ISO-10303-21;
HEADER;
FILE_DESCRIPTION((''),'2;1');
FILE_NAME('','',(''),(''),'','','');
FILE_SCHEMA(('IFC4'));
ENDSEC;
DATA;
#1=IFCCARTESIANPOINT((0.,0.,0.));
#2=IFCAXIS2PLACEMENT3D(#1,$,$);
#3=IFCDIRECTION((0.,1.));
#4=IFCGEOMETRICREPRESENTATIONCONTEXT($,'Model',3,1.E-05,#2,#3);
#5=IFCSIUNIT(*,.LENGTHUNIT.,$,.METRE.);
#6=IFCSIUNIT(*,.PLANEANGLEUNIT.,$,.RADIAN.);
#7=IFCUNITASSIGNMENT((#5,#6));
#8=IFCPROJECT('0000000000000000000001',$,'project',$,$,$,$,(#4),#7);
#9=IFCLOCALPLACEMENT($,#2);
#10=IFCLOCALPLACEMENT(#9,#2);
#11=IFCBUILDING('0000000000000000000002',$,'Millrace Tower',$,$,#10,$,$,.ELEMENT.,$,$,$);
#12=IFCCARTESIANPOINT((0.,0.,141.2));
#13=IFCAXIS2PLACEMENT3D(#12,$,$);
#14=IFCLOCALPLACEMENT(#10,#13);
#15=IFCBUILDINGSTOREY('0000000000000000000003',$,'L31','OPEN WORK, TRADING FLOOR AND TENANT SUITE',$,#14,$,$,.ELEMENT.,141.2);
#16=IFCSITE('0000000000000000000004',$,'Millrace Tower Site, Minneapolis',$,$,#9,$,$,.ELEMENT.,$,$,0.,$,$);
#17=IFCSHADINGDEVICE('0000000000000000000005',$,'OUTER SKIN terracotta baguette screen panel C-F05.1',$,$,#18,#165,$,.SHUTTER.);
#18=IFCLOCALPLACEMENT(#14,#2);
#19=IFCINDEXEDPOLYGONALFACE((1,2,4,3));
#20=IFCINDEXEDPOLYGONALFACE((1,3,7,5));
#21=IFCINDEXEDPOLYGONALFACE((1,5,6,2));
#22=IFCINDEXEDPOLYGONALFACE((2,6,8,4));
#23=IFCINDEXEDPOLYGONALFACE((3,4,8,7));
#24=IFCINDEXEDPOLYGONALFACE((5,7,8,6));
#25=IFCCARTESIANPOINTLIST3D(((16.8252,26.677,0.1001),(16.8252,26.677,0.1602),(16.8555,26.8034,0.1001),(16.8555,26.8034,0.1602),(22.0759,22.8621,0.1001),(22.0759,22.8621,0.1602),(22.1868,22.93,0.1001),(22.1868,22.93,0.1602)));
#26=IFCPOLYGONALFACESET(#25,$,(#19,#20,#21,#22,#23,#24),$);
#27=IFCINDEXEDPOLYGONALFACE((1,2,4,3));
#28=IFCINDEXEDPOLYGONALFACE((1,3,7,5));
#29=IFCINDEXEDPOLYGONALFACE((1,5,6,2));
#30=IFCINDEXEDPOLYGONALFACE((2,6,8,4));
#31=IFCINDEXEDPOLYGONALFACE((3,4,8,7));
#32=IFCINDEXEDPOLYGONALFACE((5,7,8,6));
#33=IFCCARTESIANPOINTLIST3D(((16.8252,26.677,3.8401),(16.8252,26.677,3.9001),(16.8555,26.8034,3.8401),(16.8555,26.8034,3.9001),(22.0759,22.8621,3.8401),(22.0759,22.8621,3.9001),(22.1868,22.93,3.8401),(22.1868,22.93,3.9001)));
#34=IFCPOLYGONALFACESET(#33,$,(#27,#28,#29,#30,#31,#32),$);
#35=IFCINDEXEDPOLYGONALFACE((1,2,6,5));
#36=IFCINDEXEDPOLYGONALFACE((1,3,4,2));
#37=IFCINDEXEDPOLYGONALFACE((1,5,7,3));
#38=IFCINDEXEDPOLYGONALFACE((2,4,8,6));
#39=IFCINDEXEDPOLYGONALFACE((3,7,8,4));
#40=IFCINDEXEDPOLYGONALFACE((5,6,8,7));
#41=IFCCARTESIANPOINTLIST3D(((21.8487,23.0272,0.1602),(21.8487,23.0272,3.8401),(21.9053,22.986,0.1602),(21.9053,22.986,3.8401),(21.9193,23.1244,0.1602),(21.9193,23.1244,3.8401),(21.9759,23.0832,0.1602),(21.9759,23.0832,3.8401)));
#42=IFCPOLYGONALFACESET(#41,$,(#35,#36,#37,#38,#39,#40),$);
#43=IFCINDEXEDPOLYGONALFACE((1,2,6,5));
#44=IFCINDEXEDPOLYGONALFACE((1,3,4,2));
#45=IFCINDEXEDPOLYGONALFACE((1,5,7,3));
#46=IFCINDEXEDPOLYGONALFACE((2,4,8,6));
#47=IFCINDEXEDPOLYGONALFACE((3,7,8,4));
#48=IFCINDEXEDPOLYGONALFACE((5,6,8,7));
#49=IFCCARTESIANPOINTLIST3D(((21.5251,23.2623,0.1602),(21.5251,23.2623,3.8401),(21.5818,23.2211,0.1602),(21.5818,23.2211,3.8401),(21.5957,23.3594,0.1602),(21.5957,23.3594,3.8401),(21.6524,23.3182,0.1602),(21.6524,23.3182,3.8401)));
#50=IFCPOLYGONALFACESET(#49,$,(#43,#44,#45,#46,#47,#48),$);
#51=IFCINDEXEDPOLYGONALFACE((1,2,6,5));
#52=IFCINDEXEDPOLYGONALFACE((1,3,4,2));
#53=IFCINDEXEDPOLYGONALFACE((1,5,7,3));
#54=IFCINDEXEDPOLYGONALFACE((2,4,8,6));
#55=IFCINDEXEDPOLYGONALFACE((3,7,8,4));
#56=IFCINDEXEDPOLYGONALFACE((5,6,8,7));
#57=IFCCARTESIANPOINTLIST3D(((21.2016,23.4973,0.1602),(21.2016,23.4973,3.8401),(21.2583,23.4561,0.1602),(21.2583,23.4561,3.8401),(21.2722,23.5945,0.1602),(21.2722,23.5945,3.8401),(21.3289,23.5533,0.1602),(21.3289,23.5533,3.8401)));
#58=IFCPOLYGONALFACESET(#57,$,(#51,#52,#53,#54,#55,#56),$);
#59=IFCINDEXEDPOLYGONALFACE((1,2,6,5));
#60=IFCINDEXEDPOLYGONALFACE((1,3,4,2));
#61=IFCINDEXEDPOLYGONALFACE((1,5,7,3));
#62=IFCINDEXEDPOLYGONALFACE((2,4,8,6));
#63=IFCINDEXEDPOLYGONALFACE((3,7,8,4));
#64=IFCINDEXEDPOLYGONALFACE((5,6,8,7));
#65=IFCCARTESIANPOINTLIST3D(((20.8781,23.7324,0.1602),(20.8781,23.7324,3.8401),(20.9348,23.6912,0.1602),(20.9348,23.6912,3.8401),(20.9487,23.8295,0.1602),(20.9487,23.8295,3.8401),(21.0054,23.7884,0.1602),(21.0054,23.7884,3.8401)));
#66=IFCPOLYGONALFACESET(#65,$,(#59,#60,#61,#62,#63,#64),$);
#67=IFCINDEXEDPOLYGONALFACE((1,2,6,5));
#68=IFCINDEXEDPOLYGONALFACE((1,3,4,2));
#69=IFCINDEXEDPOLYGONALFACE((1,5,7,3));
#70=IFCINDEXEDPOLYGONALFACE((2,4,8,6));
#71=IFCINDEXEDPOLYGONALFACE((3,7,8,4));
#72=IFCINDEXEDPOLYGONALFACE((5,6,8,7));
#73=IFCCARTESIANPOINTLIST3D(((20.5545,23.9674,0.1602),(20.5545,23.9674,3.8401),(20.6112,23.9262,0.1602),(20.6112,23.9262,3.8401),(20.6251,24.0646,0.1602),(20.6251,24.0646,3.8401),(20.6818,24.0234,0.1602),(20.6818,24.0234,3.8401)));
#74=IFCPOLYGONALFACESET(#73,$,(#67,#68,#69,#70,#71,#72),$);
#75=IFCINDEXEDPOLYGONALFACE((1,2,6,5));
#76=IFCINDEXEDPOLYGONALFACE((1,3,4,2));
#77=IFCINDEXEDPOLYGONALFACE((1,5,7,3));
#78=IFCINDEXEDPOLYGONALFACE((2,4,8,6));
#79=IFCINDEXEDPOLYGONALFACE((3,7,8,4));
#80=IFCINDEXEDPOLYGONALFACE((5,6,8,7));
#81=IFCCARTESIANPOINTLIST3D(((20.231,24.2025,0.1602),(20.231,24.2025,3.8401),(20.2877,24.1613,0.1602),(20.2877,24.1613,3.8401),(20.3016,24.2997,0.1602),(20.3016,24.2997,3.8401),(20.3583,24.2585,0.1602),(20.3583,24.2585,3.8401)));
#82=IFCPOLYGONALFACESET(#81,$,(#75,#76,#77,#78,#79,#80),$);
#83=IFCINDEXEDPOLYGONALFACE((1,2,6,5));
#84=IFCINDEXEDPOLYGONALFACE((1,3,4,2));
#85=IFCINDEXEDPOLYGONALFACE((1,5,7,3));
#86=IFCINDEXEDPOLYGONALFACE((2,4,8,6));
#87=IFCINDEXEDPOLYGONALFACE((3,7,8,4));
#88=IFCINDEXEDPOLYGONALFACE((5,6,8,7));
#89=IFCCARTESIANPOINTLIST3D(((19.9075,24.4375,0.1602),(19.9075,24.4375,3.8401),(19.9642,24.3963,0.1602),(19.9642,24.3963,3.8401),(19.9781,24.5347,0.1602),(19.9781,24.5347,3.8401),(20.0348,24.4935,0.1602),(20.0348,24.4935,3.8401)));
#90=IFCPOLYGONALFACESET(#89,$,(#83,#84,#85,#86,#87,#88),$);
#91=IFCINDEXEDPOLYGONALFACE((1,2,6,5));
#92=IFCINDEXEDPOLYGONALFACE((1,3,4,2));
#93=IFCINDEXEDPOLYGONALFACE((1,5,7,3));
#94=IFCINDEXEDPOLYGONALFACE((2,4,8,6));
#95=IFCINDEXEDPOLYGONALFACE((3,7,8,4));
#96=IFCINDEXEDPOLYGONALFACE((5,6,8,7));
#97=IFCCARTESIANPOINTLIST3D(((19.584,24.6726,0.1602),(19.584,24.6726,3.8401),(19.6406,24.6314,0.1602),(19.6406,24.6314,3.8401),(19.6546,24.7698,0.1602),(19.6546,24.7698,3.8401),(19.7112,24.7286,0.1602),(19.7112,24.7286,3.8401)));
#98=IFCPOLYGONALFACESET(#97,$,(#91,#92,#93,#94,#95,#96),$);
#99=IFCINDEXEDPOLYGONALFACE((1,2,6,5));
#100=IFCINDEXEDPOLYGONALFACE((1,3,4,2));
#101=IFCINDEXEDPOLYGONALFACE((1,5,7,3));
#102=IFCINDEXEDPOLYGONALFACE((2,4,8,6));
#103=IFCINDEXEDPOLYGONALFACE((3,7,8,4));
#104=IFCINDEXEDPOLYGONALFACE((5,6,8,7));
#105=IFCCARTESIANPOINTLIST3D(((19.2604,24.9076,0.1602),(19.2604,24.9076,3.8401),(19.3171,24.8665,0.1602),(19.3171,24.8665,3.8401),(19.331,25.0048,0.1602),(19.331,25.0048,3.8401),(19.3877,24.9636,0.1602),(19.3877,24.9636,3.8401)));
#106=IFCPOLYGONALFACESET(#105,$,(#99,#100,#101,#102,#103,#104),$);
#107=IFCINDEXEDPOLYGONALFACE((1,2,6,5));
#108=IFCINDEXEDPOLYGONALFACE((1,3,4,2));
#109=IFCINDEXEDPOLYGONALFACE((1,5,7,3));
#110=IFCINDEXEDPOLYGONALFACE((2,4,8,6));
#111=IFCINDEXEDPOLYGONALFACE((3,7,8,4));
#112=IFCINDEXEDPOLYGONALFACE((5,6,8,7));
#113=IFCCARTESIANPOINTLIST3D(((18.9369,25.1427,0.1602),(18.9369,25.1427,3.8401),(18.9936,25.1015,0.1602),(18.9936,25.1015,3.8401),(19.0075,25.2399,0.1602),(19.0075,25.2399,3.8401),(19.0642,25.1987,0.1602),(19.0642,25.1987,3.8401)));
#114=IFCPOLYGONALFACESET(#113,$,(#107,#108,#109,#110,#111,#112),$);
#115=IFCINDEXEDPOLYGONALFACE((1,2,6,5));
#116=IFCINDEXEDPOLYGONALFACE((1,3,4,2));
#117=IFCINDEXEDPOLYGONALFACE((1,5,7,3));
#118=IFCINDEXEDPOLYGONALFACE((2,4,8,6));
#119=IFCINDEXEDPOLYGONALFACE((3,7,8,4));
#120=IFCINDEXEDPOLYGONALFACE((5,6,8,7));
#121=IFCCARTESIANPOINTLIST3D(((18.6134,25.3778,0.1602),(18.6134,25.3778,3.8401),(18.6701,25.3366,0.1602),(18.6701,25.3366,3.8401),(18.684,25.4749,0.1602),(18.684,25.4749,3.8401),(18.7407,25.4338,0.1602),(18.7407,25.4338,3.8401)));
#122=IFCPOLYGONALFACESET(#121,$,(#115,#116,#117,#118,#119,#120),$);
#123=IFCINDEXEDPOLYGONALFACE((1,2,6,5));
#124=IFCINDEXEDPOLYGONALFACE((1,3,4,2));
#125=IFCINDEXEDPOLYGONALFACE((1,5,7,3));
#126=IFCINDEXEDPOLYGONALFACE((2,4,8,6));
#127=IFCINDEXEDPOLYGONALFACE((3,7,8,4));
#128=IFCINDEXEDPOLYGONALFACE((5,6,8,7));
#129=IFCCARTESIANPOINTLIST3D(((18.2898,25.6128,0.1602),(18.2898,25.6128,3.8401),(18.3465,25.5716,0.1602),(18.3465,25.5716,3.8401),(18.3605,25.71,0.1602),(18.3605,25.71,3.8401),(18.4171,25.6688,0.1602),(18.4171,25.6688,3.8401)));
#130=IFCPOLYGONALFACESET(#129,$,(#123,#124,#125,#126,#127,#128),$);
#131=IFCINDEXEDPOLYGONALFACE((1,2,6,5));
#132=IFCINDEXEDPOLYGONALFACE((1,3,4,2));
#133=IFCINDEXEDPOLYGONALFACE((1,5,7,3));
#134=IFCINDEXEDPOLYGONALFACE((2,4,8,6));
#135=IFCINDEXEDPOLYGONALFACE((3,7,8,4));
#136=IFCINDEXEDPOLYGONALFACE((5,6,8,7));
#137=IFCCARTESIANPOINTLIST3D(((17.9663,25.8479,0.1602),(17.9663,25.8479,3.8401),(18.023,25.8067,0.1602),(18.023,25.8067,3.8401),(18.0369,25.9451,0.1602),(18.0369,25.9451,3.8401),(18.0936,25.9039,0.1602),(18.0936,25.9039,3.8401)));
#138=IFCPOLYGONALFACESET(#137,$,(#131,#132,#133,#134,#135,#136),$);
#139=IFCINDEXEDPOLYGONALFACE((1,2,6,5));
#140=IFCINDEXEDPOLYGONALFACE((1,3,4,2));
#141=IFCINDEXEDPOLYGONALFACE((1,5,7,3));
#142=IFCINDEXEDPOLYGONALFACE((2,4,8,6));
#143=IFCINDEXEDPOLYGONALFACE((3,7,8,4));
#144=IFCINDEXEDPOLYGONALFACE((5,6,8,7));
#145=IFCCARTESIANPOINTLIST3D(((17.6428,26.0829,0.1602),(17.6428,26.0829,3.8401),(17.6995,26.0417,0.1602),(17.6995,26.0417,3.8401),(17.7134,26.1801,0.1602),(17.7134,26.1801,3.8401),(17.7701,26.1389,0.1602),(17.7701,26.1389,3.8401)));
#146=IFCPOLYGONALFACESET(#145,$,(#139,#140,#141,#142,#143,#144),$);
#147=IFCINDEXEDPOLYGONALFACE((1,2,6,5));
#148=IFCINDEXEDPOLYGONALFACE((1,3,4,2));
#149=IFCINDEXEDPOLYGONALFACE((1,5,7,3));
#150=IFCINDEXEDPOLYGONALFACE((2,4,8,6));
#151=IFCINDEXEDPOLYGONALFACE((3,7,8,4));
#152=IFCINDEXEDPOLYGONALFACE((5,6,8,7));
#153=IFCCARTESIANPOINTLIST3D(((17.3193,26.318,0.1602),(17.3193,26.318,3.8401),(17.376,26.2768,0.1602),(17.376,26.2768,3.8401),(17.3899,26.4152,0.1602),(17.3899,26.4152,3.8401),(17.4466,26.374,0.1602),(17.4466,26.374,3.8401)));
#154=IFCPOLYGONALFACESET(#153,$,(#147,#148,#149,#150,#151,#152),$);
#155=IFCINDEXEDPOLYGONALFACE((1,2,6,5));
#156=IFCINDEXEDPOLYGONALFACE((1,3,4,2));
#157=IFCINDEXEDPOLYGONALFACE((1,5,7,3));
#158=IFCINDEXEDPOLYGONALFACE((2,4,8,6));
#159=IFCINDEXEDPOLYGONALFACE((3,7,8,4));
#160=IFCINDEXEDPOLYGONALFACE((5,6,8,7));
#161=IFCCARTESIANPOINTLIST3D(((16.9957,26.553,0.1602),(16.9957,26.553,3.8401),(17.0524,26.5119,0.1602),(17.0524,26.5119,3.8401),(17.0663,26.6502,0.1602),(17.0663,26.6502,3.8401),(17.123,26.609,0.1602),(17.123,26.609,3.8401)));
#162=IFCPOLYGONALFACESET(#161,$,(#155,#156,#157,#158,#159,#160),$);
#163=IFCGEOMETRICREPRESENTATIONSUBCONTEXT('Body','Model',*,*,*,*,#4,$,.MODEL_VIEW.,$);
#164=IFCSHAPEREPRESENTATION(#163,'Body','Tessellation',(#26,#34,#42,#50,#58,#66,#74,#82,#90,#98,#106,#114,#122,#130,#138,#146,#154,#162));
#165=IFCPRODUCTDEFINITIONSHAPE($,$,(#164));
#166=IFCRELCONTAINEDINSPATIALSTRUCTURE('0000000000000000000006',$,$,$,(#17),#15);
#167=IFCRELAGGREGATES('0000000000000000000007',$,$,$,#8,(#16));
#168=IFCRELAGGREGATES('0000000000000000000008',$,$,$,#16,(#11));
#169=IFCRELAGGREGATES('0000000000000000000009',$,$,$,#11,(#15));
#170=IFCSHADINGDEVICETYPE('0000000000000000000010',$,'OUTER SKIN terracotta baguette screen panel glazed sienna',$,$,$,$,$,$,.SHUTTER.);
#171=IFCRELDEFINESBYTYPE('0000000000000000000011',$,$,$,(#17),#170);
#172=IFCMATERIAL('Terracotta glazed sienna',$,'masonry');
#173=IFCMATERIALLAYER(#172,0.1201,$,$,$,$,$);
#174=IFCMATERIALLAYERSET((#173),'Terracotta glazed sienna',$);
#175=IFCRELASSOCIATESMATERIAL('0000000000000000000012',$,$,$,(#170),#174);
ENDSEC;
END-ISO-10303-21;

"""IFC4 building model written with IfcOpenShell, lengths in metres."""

from ifc_helpers import new_model, entity, si_unit, direction, frame, frame_2d, origin, place, context, subcontext, project, spatial, rectangle, extrude, source, transform, mapped, material, layer, layer_set, type_object, element, save


model = new_model("IFC4")

# Units and contexts
model_context = context("Model", 3, precision=1e-05, world=origin(), true_north=direction((0.0, 1.0)))
body_context = subcontext(model_context, "Body", "Model", "MODEL_VIEW")
ifc_project = project(units=[si_unit("LENGTHUNIT", "METRE"), si_unit("PLANEANGLEUNIT", "RADIAN")], contexts=[model_context])

# Site, building, storey
site_placement = place(None, origin())
site = spatial("IfcSite", under=ifc_project, at=site_placement, Name="Millrace Tower Site, Minneapolis", CompositionType="ELEMENT", RefElevation=0.0)
building_placement = place(site_placement, origin())
building = spatial("IfcBuilding", under=site, at=building_placement, Name="Millrace Tower", CompositionType="ELEMENT")
storey_placement = place(building_placement, frame((0.0, 0.0, 141.2)))
storey = spatial("IfcBuildingStorey", under=building, at=storey_placement, Name="L31", Description="OPEN WORK, TRADING FLOOR AND TENANT SUITE", CompositionType="ELEMENT", Elevation=141.2)

# Shading device
ifc_material_1 = material(Name="Terracotta glazed sienna", Category="masonry")
ifc_layer_1 = layer(ifc_material_1, 0.1201)
ifc_layer_set_1 = layer_set([ifc_layer_1], Name="Terracotta glazed sienna")
shading_device_type = type_object("IfcShadingDeviceType", Name="OUTER SKIN terracotta baguette screen panel glazed sienna", PredefinedType="SHUTTER", material=ifc_layer_set_1)
cartesian_point_1 = entity("IfcCartesianPoint", [-3.2451, 0.0601])
shared_polyline_1 = entity("IfcPolyline", [cartesian_point_1, entity("IfcCartesianPoint", [3.2451, 0.0601]), entity("IfcCartesianPoint", [3.2949, -0.0601]), entity("IfcCartesianPoint", [-3.2949, -0.0601]), cartesian_point_1])
shared_shape_1 = source(origin(), body_context, "Body", "SweptSolid", [
    entity("IfcExtrudedAreaSolid", entity("IfcArbitraryClosedProfileDef", "AREA", None, shared_polyline_1), entity("IfcAxis2Placement3D", entity("IfcCartesianPoint", [0.0, 0.0, 0.0])), entity("IfcDirection", [0.0, 0.0, 1.0]), 0.0601),
    entity("IfcExtrudedAreaSolid", entity("IfcArbitraryClosedProfileDef", "AREA", None, shared_polyline_1), entity("IfcAxis2Placement3D", entity("IfcCartesianPoint", [0.0, 0.0, 3.74])), entity("IfcDirection", [0.0, 0.0, 1.0]), 0.0601),
    extrude(rectangle(XDim=0.0701, YDim=0.1201, at=frame_2d((-2.9993, 0.0))), frame((0.0, 0.0, 0.0601)), (0.0, 0.0, 1.0), 3.6799),
    extrude(rectangle(XDim=0.0701, YDim=0.1201, at=frame_2d((-2.5994, 0.0))), frame((0.0, 0.0, 0.0601)), (0.0, 0.0, 1.0), 3.6799),
    extrude(rectangle(XDim=0.0701, YDim=0.1201, at=frame_2d((-2.1995, 0.0))), frame((0.0, 0.0, 0.0601)), (0.0, 0.0, 1.0), 3.6799),
    extrude(rectangle(XDim=0.0701, YDim=0.1201, at=frame_2d((-1.7996, 0.0))), frame((0.0, 0.0, 0.0601)), (0.0, 0.0, 1.0), 3.6799),
    extrude(rectangle(XDim=0.0701, YDim=0.1201, at=frame_2d((-1.3997, 0.0))), frame((0.0, 0.0, 0.0601)), (0.0, 0.0, 1.0), 3.6799),
    extrude(rectangle(XDim=0.0701, YDim=0.1201, at=frame_2d((-0.9998, 0.0))), frame((0.0, 0.0, 0.0601)), (0.0, 0.0, 1.0), 3.6799),
    extrude(rectangle(XDim=0.0701, YDim=0.1201, at=frame_2d((-0.5999, 0.0))), frame((0.0, 0.0, 0.0601)), (0.0, 0.0, 1.0), 3.6799),
    extrude(rectangle(XDim=0.0701, YDim=0.1201, at=frame_2d((-0.2, 0.0))), frame((0.0, 0.0, 0.0601)), (0.0, 0.0, 1.0), 3.6799),
    extrude(rectangle(XDim=0.0701, YDim=0.1201, at=frame_2d((0.2, 0.0))), frame((0.0, 0.0, 0.0601)), (0.0, 0.0, 1.0), 3.6799),
    extrude(rectangle(XDim=0.0701, YDim=0.1201, at=frame_2d((0.5999, 0.0))), frame((0.0, 0.0, 0.0601)), (0.0, 0.0, 1.0), 3.6799),
    extrude(rectangle(XDim=0.0701, YDim=0.1201, at=frame_2d((0.9998, 0.0))), frame((0.0, 0.0, 0.0601)), (0.0, 0.0, 1.0), 3.6799),
    extrude(rectangle(XDim=0.0701, YDim=0.1201, at=frame_2d((1.3997, 0.0))), frame((0.0, 0.0, 0.0601)), (0.0, 0.0, 1.0), 3.6799),
    extrude(rectangle(XDim=0.0701, YDim=0.1201, at=frame_2d((1.7996, 0.0))), frame((0.0, 0.0, 0.0601)), (0.0, 0.0, 1.0), 3.6799),
    extrude(rectangle(XDim=0.0701, YDim=0.1201, at=frame_2d((2.1995, 0.0))), frame((0.0, 0.0, 0.0601)), (0.0, 0.0, 1.0), 3.6799),
    extrude(rectangle(XDim=0.0701, YDim=0.1201, at=frame_2d((2.5994, 0.0))), frame((0.0, 0.0, 0.0601)), (0.0, 0.0, 1.0), 3.6799),
    extrude(rectangle(XDim=0.0701, YDim=0.1201, at=frame_2d((2.9993, 0.0))), frame((0.0, 0.0, 0.0601)), (0.0, 0.0, 1.0), 3.6799),
])
shading_device_1_placement = place(storey_placement, frame((19.4858, 24.8181, 0.1001), z_axis=(0.0, 0.0, 1.0), x_axis=(-0.809017, 0.587785, 0.0)))
element("IfcShadingDevice", 1, at=shading_device_1_placement, inside=storey, type_object=shading_device_type, Name="OUTER SKIN terracotta baguette screen panel C-F05.1", PredefinedType="SHUTTER", context=body_context, shape_type="MappedRepresentation", body=[
    mapped(shared_shape_1, transform((0.0, 0.0, 0.0), scale=1.0)),
])

save(model, "model.ifc")
